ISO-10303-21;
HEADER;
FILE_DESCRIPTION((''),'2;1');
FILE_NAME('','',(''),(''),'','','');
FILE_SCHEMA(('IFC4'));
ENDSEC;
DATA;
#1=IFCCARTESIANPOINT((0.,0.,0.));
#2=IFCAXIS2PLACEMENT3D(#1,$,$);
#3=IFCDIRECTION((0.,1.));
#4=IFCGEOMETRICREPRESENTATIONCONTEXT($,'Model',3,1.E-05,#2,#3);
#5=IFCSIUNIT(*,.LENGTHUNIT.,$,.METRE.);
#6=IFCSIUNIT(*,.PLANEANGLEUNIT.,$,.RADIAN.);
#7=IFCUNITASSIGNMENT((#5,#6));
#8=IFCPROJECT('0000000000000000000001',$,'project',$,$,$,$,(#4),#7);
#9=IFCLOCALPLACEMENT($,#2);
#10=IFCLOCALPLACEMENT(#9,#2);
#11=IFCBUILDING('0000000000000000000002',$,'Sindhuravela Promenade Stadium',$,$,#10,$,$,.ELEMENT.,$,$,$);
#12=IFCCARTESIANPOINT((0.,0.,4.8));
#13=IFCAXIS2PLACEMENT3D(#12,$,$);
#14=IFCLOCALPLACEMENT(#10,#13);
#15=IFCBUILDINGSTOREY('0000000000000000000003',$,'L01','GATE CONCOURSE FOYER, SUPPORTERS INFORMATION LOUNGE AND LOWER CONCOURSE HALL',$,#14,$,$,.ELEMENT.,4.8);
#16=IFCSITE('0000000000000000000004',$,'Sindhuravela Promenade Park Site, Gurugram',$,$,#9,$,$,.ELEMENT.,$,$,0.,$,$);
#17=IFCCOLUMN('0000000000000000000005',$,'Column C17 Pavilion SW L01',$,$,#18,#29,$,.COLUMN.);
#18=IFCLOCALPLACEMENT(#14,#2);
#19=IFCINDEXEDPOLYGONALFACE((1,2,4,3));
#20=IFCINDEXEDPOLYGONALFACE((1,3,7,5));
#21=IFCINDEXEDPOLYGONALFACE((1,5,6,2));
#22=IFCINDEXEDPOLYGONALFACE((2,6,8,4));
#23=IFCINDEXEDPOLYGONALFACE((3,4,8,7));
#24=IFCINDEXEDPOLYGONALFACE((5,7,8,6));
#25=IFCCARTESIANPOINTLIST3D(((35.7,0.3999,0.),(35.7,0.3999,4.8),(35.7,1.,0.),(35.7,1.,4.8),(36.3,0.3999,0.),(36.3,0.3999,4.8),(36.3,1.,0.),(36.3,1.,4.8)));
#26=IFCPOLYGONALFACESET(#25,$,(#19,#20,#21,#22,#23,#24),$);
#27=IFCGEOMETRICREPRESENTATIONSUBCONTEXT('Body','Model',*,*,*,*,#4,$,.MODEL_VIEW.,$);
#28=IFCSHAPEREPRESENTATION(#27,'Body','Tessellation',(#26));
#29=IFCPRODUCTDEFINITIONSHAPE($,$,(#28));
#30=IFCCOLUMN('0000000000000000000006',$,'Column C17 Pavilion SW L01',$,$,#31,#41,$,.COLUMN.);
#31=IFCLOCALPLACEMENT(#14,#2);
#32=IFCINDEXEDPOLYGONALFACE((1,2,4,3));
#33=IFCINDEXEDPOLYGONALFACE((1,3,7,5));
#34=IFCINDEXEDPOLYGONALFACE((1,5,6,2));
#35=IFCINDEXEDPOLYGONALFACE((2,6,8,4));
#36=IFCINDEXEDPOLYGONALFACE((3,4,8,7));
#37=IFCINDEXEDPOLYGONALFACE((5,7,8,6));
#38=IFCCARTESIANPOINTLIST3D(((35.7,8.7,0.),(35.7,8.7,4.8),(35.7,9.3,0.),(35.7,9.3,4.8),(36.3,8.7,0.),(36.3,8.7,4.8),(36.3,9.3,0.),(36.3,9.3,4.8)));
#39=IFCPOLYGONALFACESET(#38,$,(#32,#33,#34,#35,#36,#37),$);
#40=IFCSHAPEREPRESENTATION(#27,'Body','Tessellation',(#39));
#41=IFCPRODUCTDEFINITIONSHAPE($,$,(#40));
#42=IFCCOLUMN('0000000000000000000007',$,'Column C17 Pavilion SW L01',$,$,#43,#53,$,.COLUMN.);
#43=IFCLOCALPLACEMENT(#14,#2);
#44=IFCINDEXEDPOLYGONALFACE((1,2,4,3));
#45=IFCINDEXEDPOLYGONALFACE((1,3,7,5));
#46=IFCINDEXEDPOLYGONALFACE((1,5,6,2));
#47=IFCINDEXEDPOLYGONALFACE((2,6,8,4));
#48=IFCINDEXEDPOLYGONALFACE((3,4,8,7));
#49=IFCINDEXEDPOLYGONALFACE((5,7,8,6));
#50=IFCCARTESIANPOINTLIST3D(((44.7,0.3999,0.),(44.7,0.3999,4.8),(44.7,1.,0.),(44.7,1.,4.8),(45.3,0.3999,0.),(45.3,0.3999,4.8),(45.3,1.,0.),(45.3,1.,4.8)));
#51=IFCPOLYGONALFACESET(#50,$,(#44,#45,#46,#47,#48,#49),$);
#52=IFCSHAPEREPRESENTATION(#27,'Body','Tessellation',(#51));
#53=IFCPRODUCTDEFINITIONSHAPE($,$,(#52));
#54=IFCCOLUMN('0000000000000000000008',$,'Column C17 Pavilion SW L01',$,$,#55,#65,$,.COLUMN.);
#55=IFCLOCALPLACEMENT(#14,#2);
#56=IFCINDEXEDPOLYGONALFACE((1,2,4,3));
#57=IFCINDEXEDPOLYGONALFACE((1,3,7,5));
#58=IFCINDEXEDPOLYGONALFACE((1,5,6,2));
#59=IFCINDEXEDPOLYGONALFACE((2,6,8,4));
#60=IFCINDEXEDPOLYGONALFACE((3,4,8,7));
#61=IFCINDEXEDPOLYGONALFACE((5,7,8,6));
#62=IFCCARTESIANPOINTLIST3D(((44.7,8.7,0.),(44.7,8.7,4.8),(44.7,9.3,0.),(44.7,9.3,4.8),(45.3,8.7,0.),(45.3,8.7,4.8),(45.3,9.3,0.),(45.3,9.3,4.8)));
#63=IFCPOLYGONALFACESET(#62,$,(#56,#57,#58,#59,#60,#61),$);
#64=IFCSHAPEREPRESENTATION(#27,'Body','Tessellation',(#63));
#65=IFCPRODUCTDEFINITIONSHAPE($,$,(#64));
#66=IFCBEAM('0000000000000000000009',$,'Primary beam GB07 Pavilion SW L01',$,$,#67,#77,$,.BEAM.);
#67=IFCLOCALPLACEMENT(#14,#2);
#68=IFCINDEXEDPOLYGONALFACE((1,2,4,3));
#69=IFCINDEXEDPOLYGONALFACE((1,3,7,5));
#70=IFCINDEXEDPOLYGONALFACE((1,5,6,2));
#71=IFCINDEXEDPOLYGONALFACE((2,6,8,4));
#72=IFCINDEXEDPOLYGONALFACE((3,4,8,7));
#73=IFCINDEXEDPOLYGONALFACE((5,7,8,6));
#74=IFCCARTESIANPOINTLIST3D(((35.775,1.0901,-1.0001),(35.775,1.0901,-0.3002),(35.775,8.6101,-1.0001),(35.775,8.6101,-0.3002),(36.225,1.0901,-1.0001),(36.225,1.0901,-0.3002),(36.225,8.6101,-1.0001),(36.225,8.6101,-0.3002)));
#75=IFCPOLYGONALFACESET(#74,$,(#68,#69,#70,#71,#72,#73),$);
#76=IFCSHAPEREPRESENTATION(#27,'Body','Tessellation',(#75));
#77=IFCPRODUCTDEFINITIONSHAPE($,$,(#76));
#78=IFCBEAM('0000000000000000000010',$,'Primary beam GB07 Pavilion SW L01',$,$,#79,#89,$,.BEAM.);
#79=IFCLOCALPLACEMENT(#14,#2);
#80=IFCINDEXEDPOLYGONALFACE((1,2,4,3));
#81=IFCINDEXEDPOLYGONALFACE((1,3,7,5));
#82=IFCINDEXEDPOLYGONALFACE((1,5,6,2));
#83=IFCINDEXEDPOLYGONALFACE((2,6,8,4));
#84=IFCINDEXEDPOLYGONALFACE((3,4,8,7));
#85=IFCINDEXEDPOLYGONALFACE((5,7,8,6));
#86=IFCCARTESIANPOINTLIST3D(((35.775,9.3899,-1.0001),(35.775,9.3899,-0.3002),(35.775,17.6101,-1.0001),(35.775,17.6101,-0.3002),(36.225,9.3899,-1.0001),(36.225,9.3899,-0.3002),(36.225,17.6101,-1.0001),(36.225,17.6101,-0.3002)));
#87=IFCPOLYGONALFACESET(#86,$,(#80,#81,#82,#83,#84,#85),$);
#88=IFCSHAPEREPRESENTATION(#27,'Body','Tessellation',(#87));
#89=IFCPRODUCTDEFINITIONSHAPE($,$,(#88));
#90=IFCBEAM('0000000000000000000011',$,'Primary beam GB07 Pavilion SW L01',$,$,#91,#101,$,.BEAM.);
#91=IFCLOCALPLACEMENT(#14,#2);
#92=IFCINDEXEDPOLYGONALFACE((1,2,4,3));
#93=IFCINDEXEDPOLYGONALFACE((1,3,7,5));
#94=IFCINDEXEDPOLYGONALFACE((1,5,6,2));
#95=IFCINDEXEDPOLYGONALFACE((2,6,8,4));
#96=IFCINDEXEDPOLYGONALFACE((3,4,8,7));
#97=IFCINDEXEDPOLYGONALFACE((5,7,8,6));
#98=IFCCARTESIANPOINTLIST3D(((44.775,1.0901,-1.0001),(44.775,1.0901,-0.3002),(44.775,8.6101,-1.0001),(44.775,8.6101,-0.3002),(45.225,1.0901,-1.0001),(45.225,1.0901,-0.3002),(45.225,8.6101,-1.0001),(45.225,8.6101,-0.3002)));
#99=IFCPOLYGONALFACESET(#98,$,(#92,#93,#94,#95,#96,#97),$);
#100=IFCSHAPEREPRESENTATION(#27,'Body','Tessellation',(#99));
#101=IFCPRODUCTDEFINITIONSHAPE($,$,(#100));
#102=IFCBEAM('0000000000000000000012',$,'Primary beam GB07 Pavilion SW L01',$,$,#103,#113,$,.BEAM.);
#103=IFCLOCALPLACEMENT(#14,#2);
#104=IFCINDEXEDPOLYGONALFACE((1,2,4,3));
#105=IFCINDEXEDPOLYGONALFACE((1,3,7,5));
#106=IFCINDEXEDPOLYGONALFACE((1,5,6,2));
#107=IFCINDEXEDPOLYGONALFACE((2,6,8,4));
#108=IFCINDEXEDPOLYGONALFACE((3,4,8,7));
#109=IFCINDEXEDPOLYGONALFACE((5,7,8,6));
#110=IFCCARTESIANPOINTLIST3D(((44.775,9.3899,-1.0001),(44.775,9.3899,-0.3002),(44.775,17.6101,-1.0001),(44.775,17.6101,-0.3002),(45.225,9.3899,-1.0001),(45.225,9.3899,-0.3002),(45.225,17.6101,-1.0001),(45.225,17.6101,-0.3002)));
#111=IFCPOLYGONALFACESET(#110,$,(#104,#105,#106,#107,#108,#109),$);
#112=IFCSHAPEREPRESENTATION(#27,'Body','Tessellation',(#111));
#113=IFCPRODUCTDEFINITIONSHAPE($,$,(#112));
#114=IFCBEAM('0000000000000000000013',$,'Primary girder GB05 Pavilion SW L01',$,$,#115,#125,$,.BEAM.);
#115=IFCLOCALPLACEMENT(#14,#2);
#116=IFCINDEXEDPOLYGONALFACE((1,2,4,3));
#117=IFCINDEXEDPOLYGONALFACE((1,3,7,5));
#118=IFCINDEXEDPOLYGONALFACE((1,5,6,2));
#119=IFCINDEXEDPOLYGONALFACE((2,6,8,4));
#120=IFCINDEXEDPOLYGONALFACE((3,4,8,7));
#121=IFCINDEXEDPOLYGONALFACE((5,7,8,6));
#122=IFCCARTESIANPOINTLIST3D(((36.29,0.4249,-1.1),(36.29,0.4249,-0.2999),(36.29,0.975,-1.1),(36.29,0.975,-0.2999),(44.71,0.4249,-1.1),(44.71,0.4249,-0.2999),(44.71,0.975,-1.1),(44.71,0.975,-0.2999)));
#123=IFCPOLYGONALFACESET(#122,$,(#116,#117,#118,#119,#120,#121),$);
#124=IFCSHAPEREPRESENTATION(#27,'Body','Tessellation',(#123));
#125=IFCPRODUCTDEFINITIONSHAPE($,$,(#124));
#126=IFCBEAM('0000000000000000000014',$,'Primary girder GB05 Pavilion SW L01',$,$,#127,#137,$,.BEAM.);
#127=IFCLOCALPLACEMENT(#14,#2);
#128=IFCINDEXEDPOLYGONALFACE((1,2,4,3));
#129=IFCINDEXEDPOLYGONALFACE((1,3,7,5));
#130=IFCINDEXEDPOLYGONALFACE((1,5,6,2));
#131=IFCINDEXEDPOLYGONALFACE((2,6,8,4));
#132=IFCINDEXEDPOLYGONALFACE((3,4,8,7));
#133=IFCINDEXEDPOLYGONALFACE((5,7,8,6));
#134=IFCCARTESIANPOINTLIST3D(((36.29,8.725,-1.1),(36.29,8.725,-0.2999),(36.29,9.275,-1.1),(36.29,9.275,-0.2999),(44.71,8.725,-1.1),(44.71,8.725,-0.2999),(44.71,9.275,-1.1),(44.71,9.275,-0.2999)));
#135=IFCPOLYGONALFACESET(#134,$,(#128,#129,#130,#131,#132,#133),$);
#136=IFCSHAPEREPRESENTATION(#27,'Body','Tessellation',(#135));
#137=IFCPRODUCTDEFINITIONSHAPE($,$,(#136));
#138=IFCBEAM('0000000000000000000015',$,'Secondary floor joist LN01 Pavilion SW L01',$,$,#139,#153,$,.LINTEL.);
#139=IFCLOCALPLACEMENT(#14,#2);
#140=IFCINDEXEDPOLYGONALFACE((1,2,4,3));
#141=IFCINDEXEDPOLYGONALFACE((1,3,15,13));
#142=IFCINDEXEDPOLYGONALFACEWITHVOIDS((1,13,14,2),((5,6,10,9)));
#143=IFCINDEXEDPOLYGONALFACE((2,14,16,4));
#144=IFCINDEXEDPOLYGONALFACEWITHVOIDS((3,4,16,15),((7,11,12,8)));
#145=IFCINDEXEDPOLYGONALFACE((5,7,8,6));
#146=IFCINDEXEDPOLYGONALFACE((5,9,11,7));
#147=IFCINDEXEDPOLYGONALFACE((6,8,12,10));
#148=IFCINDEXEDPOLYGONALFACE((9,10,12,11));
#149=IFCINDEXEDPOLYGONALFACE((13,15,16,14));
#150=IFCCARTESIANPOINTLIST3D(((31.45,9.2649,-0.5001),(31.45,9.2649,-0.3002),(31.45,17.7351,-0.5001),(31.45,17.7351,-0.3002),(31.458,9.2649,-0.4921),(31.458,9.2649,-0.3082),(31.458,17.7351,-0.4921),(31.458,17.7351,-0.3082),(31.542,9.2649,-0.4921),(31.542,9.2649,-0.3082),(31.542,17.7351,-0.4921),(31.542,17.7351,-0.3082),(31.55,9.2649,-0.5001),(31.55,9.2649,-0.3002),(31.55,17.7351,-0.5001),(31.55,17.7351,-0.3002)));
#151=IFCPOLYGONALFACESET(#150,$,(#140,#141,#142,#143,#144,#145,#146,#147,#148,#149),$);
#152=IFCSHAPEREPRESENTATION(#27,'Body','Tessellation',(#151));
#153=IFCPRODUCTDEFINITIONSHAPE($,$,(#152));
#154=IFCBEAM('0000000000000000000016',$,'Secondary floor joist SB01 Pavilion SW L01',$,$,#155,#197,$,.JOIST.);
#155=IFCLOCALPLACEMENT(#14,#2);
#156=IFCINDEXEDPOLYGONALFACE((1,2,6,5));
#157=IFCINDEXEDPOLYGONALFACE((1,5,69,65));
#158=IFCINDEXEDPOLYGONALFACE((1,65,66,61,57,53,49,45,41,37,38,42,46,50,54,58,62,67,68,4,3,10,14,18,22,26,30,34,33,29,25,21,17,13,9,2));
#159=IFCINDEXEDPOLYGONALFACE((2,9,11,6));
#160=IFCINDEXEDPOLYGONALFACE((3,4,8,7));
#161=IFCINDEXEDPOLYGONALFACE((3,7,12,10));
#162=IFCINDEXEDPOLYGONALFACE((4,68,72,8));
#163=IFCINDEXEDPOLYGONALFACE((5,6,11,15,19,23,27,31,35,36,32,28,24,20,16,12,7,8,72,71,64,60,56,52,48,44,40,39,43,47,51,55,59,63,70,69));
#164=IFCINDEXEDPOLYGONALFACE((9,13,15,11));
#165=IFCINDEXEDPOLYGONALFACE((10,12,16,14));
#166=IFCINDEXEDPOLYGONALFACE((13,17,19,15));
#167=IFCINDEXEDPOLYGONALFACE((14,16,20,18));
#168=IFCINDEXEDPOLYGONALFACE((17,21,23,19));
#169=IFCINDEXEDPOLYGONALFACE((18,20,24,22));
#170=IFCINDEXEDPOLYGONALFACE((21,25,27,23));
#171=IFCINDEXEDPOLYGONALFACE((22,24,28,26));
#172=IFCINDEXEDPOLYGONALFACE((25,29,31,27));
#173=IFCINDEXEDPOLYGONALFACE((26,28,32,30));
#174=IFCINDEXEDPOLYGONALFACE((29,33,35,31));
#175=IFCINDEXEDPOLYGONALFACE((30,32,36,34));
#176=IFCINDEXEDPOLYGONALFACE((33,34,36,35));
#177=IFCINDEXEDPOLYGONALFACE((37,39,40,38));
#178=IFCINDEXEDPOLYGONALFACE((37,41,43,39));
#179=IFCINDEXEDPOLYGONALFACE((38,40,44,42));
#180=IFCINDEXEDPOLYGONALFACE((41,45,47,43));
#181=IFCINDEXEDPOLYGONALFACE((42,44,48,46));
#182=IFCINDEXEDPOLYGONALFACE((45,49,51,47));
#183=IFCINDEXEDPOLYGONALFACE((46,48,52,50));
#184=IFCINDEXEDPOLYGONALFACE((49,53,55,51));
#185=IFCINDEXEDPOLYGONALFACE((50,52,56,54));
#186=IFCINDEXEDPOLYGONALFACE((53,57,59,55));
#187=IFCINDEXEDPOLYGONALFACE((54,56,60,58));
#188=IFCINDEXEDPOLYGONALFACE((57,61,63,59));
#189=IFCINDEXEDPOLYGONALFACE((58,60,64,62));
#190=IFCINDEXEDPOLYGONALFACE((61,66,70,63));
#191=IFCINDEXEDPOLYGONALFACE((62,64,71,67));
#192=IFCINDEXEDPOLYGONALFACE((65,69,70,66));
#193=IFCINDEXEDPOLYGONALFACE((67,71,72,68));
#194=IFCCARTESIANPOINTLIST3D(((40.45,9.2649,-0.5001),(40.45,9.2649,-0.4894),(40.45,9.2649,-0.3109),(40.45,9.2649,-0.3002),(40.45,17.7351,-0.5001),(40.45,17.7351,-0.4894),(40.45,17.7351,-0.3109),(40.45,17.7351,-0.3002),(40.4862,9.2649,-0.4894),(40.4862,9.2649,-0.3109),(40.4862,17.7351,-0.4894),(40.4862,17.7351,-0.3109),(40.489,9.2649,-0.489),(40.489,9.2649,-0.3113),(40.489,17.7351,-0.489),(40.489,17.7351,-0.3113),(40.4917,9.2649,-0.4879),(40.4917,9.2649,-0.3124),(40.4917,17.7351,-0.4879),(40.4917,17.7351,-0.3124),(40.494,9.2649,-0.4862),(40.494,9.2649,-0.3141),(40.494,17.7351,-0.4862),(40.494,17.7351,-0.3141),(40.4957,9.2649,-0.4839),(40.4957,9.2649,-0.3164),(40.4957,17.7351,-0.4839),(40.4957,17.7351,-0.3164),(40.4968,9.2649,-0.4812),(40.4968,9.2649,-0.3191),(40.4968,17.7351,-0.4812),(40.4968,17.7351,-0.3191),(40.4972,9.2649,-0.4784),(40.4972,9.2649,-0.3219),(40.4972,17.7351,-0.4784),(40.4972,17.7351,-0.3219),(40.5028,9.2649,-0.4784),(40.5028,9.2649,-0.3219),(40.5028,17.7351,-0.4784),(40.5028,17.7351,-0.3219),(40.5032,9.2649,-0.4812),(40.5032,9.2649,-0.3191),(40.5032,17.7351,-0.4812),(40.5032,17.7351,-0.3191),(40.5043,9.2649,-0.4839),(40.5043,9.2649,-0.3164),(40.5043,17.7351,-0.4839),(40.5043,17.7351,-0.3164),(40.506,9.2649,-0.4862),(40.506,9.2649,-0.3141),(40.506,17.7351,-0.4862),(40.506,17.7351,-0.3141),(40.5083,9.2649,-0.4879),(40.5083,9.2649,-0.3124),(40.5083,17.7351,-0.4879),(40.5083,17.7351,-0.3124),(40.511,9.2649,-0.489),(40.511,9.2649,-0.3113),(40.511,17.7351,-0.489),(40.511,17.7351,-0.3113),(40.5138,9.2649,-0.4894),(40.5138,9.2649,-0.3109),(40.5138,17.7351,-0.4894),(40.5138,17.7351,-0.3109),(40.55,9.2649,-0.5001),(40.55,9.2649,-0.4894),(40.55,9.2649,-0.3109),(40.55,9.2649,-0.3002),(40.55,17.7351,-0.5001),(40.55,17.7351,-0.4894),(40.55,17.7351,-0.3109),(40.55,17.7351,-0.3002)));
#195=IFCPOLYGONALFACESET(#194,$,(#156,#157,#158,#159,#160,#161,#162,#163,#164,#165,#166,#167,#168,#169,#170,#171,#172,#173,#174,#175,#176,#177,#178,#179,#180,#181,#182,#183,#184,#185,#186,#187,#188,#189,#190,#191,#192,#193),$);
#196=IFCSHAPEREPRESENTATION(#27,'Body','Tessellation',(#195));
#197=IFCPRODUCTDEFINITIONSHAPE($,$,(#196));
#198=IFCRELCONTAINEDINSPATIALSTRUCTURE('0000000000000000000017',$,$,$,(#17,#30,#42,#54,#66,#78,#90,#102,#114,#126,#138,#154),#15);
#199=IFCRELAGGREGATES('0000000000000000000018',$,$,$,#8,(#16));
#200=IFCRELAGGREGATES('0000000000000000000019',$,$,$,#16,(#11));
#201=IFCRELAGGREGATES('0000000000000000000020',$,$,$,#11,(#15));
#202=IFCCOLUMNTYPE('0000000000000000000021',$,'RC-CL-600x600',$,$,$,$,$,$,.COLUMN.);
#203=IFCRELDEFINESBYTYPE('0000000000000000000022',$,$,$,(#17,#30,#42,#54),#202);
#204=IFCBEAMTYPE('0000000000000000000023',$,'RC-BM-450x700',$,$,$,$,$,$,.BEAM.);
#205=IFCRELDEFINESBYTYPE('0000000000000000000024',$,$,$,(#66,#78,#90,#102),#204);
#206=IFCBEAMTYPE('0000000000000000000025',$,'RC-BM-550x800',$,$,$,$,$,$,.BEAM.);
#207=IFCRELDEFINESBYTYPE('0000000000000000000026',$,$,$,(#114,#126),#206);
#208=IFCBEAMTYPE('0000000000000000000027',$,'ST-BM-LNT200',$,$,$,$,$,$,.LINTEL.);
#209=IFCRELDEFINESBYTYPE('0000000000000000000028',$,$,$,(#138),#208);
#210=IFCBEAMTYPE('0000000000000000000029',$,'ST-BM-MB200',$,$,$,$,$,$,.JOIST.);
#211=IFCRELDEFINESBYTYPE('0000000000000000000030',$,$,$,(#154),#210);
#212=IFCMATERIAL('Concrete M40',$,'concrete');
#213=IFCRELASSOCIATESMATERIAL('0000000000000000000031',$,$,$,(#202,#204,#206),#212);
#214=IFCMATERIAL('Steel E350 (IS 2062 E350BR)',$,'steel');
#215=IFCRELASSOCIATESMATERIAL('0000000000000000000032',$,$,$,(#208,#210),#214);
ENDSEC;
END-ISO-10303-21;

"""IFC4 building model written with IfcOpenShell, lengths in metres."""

from ifc_helpers import new_model, si_unit, direction, frame, origin, origin_2d, place, context, subcontext, project, spatial, rectangle, hollow_rectangle, i_section, extrude, material, material_profile, profile_set, type_object, element, save


model = new_model("IFC4")

# Units and contexts
model_context = context("Model", 3, precision=1e-05, world=origin(), true_north=direction((0.0, 1.0)))
body_context = subcontext(model_context, "Body", "Model", "MODEL_VIEW")
ifc_project = project(units=[si_unit("LENGTHUNIT", "METRE"), si_unit("PLANEANGLEUNIT", "RADIAN")], contexts=[model_context])

# Site, building, storey
site_placement = place(None, origin())
site = spatial("IfcSite", under=ifc_project, at=site_placement, Name="Sindhuravela Promenade Park Site, Gurugram", CompositionType="ELEMENT", RefElevation=0.0)
building_placement = place(site_placement, origin())
building = spatial("IfcBuilding", under=site, at=building_placement, Name="Sindhuravela Promenade Stadium", CompositionType="ELEMENT")
storey_placement = place(building_placement, frame((0.0, 0.0, 4.8)))
storey = spatial("IfcBuildingStorey", under=building, at=storey_placement, Name="L01", Description="GATE CONCOURSE FOYER, SUPPORTERS INFORMATION LOUNGE AND LOWER CONCOURSE HALL", CompositionType="ELEMENT", Elevation=4.8)

# Columns
ifc_material_1 = material(Name="Concrete M40", Category="concrete")
ifc_material_profile_1 = material_profile(ifc_material_1, rectangle(XDim=0.6001, YDim=0.6001, at=origin_2d()), Name="RC 600x600")
ifc_profile_set_1 = profile_set([ifc_material_profile_1], Name="Concrete M40")
column_type = type_object("IfcColumnType", Name="RC-CL-600x600", PredefinedType="COLUMN", material=ifc_profile_set_1)
for number, where, z_axis, x_axis, name in (
    (1, (36.0, 0.7, 0.0), (0.0, 0.0, 1.0), (1.0, 0.0, 0.0), "Column C17 Pavilion SW L01"),
    (2, (36.0, 9.0, 0.0), (0.0, 0.0, 1.0), (1.0, 0.0, 0.0), "Column C17 Pavilion SW L01"),
    (3, (45.0, 0.7, 0.0), (0.0, 0.0, 1.0), (1.0, 0.0, 0.0), "Column C17 Pavilion SW L01"),
    (4, (45.0, 9.0, 0.0), (0.0, 0.0, 1.0), (1.0, 0.0, 0.0), "Column C17 Pavilion SW L01"),
):
    element("IfcColumn", number, at=place(storey_placement, frame(where, z_axis=z_axis, x_axis=x_axis)), inside=storey, type_object=column_type, Name=name, PredefinedType="COLUMN", context=body_context, shape_type="SweptSolid", body=[
        extrude(rectangle(XDim=0.6001, YDim=0.6001, at=origin_2d()), origin(), (0.0, 0.0, 1.0), 4.8),
    ])

# Beams
ifc_material_profile_2 = material_profile(ifc_material_1, rectangle(XDim=0.45, YDim=0.7, at=origin_2d()), Name="RC 450x700")
ifc_profile_set_2 = profile_set([ifc_material_profile_2], Name="Concrete M40")
beam_type_1 = type_object("IfcBeamType", Name="RC-BM-450x700", PredefinedType="BEAM", material=ifc_profile_set_2)
beam_1_placement = place(storey_placement, frame((36.0, 1.0901, -0.6501), z_axis=(0.0, 1.0, 0.0), x_axis=(-1.0, 0.0, 0.0)))
element("IfcBeam", 5, at=beam_1_placement, inside=storey, type_object=beam_type_1, Name="Primary beam GB07 Pavilion SW L01", PredefinedType="BEAM", context=body_context, shape_type="SweptSolid", body=[
    extrude(rectangle(XDim=0.45, YDim=0.7, at=origin_2d()), origin(), (0.0, 0.0, 1.0), 7.52),
])
beam_2_placement = place(storey_placement, frame((36.0, 9.3899, -0.6501), z_axis=(0.0, 1.0, 0.0), x_axis=(-1.0, 0.0, 0.0)))
element("IfcBeam", 6, at=beam_2_placement, inside=storey, type_object=beam_type_1, Name="Primary beam GB07 Pavilion SW L01", PredefinedType="BEAM", context=body_context, shape_type="SweptSolid", body=[
    extrude(rectangle(XDim=0.45, YDim=0.7, at=origin_2d()), origin(), (0.0, 0.0, 1.0), 8.2202),
])
beam_3_placement = place(storey_placement, frame((45.0, 1.0901, -0.6501), z_axis=(0.0, 1.0, 0.0), x_axis=(-1.0, 0.0, 0.0)))
element("IfcBeam", 7, at=beam_3_placement, inside=storey, type_object=beam_type_1, Name="Primary beam GB07 Pavilion SW L01", PredefinedType="BEAM", context=body_context, shape_type="SweptSolid", body=[
    extrude(rectangle(XDim=0.45, YDim=0.7, at=origin_2d()), origin(), (0.0, 0.0, 1.0), 7.52),
])
beam_4_placement = place(storey_placement, frame((45.0, 9.3899, -0.6501), z_axis=(0.0, 1.0, 0.0), x_axis=(-1.0, 0.0, 0.0)))
element("IfcBeam", 8, at=beam_4_placement, inside=storey, type_object=beam_type_1, Name="Primary beam GB07 Pavilion SW L01", PredefinedType="BEAM", context=body_context, shape_type="SweptSolid", body=[
    extrude(rectangle(XDim=0.45, YDim=0.7, at=origin_2d()), origin(), (0.0, 0.0, 1.0), 8.2202),
])
ifc_material_profile_3 = material_profile(ifc_material_1, rectangle(XDim=0.55, YDim=0.8, at=origin_2d()), Name="RC 550x800")
ifc_profile_set_3 = profile_set([ifc_material_profile_3], Name="Concrete M40")
beam_type_2 = type_object("IfcBeamType", Name="RC-BM-550x800", PredefinedType="BEAM", material=ifc_profile_set_3)
for number, where, z_axis, x_axis, name in (
    (9, (36.29, 0.7, -0.7), (1.0, 0.0, 0.0), (0.0, 1.0, 0.0), "Primary girder GB05 Pavilion SW L01"),
    (10, (36.29, 9.0, -0.7), (1.0, 0.0, 0.0), (0.0, 1.0, 0.0), "Primary girder GB05 Pavilion SW L01"),
):
    element("IfcBeam", number, at=place(storey_placement, frame(where, z_axis=z_axis, x_axis=x_axis)), inside=storey, type_object=beam_type_2, Name=name, PredefinedType="BEAM", context=body_context, shape_type="SweptSolid", body=[
        extrude(rectangle(XDim=0.55, YDim=0.8, at=origin_2d()), origin(), (0.0, 0.0, 1.0), 8.4199),
    ])
ifc_material_2 = material(Name="Steel E350 (IS 2062 E350BR)", Category="steel")
ifc_material_profile_4 = material_profile(ifc_material_2, hollow_rectangle(XDim=0.1001, YDim=0.2, WallThickness=0.0081, at=origin_2d()), Name="RHS 200x100x8")
ifc_profile_set_4 = profile_set([ifc_material_profile_4], Name="Steel E350 (IS 2062 E350BR)")
beam_type_3 = type_object("IfcBeamType", Name="ST-BM-LNT200", PredefinedType="LINTEL", material=ifc_profile_set_4)
beam_5_placement = place(storey_placement, frame((31.5, 9.2649, -0.4001), z_axis=(0.0, 1.0, 0.0), x_axis=(-1.0, 0.0, 0.0)))
element("IfcBeam", 11, at=beam_5_placement, inside=storey, type_object=beam_type_3, Name="Secondary floor joist LN01 Pavilion SW L01", PredefinedType="LINTEL", context=body_context, shape_type="SweptSolid", body=[
    extrude(hollow_rectangle(XDim=0.1001, YDim=0.2, WallThickness=0.0081, at=origin_2d()), origin(), (0.0, 0.0, 1.0), 8.4702),
])
ifc_material_profile_5 = material_profile(ifc_material_2, i_section(OverallWidth=0.1001, OverallDepth=0.2, WebThickness=0.0056, FlangeThickness=0.0107, FilletRadius=0.011, at=origin_2d()), Name="ISMB 200")
ifc_profile_set_5 = profile_set([ifc_material_profile_5], Name="Steel E350 (IS 2062 E350BR)")
beam_type_4 = type_object("IfcBeamType", Name="ST-BM-MB200", PredefinedType="JOIST", material=ifc_profile_set_5)
beam_6_placement = place(storey_placement, frame((40.5, 9.2649, -0.4001), z_axis=(0.0, 1.0, 0.0), x_axis=(-1.0, 0.0, 0.0)))
element("IfcBeam", 12, at=beam_6_placement, inside=storey, type_object=beam_type_4, Name="Secondary floor joist SB01 Pavilion SW L01", PredefinedType="JOIST", context=body_context, shape_type="SweptSolid", body=[
    extrude(i_section(OverallWidth=0.1001, OverallDepth=0.2, WebThickness=0.0056, FlangeThickness=0.0107, FilletRadius=0.011, at=origin_2d()), origin(), (0.0, 0.0, 1.0), 8.4702),
])

save(model, "model.ifc")
